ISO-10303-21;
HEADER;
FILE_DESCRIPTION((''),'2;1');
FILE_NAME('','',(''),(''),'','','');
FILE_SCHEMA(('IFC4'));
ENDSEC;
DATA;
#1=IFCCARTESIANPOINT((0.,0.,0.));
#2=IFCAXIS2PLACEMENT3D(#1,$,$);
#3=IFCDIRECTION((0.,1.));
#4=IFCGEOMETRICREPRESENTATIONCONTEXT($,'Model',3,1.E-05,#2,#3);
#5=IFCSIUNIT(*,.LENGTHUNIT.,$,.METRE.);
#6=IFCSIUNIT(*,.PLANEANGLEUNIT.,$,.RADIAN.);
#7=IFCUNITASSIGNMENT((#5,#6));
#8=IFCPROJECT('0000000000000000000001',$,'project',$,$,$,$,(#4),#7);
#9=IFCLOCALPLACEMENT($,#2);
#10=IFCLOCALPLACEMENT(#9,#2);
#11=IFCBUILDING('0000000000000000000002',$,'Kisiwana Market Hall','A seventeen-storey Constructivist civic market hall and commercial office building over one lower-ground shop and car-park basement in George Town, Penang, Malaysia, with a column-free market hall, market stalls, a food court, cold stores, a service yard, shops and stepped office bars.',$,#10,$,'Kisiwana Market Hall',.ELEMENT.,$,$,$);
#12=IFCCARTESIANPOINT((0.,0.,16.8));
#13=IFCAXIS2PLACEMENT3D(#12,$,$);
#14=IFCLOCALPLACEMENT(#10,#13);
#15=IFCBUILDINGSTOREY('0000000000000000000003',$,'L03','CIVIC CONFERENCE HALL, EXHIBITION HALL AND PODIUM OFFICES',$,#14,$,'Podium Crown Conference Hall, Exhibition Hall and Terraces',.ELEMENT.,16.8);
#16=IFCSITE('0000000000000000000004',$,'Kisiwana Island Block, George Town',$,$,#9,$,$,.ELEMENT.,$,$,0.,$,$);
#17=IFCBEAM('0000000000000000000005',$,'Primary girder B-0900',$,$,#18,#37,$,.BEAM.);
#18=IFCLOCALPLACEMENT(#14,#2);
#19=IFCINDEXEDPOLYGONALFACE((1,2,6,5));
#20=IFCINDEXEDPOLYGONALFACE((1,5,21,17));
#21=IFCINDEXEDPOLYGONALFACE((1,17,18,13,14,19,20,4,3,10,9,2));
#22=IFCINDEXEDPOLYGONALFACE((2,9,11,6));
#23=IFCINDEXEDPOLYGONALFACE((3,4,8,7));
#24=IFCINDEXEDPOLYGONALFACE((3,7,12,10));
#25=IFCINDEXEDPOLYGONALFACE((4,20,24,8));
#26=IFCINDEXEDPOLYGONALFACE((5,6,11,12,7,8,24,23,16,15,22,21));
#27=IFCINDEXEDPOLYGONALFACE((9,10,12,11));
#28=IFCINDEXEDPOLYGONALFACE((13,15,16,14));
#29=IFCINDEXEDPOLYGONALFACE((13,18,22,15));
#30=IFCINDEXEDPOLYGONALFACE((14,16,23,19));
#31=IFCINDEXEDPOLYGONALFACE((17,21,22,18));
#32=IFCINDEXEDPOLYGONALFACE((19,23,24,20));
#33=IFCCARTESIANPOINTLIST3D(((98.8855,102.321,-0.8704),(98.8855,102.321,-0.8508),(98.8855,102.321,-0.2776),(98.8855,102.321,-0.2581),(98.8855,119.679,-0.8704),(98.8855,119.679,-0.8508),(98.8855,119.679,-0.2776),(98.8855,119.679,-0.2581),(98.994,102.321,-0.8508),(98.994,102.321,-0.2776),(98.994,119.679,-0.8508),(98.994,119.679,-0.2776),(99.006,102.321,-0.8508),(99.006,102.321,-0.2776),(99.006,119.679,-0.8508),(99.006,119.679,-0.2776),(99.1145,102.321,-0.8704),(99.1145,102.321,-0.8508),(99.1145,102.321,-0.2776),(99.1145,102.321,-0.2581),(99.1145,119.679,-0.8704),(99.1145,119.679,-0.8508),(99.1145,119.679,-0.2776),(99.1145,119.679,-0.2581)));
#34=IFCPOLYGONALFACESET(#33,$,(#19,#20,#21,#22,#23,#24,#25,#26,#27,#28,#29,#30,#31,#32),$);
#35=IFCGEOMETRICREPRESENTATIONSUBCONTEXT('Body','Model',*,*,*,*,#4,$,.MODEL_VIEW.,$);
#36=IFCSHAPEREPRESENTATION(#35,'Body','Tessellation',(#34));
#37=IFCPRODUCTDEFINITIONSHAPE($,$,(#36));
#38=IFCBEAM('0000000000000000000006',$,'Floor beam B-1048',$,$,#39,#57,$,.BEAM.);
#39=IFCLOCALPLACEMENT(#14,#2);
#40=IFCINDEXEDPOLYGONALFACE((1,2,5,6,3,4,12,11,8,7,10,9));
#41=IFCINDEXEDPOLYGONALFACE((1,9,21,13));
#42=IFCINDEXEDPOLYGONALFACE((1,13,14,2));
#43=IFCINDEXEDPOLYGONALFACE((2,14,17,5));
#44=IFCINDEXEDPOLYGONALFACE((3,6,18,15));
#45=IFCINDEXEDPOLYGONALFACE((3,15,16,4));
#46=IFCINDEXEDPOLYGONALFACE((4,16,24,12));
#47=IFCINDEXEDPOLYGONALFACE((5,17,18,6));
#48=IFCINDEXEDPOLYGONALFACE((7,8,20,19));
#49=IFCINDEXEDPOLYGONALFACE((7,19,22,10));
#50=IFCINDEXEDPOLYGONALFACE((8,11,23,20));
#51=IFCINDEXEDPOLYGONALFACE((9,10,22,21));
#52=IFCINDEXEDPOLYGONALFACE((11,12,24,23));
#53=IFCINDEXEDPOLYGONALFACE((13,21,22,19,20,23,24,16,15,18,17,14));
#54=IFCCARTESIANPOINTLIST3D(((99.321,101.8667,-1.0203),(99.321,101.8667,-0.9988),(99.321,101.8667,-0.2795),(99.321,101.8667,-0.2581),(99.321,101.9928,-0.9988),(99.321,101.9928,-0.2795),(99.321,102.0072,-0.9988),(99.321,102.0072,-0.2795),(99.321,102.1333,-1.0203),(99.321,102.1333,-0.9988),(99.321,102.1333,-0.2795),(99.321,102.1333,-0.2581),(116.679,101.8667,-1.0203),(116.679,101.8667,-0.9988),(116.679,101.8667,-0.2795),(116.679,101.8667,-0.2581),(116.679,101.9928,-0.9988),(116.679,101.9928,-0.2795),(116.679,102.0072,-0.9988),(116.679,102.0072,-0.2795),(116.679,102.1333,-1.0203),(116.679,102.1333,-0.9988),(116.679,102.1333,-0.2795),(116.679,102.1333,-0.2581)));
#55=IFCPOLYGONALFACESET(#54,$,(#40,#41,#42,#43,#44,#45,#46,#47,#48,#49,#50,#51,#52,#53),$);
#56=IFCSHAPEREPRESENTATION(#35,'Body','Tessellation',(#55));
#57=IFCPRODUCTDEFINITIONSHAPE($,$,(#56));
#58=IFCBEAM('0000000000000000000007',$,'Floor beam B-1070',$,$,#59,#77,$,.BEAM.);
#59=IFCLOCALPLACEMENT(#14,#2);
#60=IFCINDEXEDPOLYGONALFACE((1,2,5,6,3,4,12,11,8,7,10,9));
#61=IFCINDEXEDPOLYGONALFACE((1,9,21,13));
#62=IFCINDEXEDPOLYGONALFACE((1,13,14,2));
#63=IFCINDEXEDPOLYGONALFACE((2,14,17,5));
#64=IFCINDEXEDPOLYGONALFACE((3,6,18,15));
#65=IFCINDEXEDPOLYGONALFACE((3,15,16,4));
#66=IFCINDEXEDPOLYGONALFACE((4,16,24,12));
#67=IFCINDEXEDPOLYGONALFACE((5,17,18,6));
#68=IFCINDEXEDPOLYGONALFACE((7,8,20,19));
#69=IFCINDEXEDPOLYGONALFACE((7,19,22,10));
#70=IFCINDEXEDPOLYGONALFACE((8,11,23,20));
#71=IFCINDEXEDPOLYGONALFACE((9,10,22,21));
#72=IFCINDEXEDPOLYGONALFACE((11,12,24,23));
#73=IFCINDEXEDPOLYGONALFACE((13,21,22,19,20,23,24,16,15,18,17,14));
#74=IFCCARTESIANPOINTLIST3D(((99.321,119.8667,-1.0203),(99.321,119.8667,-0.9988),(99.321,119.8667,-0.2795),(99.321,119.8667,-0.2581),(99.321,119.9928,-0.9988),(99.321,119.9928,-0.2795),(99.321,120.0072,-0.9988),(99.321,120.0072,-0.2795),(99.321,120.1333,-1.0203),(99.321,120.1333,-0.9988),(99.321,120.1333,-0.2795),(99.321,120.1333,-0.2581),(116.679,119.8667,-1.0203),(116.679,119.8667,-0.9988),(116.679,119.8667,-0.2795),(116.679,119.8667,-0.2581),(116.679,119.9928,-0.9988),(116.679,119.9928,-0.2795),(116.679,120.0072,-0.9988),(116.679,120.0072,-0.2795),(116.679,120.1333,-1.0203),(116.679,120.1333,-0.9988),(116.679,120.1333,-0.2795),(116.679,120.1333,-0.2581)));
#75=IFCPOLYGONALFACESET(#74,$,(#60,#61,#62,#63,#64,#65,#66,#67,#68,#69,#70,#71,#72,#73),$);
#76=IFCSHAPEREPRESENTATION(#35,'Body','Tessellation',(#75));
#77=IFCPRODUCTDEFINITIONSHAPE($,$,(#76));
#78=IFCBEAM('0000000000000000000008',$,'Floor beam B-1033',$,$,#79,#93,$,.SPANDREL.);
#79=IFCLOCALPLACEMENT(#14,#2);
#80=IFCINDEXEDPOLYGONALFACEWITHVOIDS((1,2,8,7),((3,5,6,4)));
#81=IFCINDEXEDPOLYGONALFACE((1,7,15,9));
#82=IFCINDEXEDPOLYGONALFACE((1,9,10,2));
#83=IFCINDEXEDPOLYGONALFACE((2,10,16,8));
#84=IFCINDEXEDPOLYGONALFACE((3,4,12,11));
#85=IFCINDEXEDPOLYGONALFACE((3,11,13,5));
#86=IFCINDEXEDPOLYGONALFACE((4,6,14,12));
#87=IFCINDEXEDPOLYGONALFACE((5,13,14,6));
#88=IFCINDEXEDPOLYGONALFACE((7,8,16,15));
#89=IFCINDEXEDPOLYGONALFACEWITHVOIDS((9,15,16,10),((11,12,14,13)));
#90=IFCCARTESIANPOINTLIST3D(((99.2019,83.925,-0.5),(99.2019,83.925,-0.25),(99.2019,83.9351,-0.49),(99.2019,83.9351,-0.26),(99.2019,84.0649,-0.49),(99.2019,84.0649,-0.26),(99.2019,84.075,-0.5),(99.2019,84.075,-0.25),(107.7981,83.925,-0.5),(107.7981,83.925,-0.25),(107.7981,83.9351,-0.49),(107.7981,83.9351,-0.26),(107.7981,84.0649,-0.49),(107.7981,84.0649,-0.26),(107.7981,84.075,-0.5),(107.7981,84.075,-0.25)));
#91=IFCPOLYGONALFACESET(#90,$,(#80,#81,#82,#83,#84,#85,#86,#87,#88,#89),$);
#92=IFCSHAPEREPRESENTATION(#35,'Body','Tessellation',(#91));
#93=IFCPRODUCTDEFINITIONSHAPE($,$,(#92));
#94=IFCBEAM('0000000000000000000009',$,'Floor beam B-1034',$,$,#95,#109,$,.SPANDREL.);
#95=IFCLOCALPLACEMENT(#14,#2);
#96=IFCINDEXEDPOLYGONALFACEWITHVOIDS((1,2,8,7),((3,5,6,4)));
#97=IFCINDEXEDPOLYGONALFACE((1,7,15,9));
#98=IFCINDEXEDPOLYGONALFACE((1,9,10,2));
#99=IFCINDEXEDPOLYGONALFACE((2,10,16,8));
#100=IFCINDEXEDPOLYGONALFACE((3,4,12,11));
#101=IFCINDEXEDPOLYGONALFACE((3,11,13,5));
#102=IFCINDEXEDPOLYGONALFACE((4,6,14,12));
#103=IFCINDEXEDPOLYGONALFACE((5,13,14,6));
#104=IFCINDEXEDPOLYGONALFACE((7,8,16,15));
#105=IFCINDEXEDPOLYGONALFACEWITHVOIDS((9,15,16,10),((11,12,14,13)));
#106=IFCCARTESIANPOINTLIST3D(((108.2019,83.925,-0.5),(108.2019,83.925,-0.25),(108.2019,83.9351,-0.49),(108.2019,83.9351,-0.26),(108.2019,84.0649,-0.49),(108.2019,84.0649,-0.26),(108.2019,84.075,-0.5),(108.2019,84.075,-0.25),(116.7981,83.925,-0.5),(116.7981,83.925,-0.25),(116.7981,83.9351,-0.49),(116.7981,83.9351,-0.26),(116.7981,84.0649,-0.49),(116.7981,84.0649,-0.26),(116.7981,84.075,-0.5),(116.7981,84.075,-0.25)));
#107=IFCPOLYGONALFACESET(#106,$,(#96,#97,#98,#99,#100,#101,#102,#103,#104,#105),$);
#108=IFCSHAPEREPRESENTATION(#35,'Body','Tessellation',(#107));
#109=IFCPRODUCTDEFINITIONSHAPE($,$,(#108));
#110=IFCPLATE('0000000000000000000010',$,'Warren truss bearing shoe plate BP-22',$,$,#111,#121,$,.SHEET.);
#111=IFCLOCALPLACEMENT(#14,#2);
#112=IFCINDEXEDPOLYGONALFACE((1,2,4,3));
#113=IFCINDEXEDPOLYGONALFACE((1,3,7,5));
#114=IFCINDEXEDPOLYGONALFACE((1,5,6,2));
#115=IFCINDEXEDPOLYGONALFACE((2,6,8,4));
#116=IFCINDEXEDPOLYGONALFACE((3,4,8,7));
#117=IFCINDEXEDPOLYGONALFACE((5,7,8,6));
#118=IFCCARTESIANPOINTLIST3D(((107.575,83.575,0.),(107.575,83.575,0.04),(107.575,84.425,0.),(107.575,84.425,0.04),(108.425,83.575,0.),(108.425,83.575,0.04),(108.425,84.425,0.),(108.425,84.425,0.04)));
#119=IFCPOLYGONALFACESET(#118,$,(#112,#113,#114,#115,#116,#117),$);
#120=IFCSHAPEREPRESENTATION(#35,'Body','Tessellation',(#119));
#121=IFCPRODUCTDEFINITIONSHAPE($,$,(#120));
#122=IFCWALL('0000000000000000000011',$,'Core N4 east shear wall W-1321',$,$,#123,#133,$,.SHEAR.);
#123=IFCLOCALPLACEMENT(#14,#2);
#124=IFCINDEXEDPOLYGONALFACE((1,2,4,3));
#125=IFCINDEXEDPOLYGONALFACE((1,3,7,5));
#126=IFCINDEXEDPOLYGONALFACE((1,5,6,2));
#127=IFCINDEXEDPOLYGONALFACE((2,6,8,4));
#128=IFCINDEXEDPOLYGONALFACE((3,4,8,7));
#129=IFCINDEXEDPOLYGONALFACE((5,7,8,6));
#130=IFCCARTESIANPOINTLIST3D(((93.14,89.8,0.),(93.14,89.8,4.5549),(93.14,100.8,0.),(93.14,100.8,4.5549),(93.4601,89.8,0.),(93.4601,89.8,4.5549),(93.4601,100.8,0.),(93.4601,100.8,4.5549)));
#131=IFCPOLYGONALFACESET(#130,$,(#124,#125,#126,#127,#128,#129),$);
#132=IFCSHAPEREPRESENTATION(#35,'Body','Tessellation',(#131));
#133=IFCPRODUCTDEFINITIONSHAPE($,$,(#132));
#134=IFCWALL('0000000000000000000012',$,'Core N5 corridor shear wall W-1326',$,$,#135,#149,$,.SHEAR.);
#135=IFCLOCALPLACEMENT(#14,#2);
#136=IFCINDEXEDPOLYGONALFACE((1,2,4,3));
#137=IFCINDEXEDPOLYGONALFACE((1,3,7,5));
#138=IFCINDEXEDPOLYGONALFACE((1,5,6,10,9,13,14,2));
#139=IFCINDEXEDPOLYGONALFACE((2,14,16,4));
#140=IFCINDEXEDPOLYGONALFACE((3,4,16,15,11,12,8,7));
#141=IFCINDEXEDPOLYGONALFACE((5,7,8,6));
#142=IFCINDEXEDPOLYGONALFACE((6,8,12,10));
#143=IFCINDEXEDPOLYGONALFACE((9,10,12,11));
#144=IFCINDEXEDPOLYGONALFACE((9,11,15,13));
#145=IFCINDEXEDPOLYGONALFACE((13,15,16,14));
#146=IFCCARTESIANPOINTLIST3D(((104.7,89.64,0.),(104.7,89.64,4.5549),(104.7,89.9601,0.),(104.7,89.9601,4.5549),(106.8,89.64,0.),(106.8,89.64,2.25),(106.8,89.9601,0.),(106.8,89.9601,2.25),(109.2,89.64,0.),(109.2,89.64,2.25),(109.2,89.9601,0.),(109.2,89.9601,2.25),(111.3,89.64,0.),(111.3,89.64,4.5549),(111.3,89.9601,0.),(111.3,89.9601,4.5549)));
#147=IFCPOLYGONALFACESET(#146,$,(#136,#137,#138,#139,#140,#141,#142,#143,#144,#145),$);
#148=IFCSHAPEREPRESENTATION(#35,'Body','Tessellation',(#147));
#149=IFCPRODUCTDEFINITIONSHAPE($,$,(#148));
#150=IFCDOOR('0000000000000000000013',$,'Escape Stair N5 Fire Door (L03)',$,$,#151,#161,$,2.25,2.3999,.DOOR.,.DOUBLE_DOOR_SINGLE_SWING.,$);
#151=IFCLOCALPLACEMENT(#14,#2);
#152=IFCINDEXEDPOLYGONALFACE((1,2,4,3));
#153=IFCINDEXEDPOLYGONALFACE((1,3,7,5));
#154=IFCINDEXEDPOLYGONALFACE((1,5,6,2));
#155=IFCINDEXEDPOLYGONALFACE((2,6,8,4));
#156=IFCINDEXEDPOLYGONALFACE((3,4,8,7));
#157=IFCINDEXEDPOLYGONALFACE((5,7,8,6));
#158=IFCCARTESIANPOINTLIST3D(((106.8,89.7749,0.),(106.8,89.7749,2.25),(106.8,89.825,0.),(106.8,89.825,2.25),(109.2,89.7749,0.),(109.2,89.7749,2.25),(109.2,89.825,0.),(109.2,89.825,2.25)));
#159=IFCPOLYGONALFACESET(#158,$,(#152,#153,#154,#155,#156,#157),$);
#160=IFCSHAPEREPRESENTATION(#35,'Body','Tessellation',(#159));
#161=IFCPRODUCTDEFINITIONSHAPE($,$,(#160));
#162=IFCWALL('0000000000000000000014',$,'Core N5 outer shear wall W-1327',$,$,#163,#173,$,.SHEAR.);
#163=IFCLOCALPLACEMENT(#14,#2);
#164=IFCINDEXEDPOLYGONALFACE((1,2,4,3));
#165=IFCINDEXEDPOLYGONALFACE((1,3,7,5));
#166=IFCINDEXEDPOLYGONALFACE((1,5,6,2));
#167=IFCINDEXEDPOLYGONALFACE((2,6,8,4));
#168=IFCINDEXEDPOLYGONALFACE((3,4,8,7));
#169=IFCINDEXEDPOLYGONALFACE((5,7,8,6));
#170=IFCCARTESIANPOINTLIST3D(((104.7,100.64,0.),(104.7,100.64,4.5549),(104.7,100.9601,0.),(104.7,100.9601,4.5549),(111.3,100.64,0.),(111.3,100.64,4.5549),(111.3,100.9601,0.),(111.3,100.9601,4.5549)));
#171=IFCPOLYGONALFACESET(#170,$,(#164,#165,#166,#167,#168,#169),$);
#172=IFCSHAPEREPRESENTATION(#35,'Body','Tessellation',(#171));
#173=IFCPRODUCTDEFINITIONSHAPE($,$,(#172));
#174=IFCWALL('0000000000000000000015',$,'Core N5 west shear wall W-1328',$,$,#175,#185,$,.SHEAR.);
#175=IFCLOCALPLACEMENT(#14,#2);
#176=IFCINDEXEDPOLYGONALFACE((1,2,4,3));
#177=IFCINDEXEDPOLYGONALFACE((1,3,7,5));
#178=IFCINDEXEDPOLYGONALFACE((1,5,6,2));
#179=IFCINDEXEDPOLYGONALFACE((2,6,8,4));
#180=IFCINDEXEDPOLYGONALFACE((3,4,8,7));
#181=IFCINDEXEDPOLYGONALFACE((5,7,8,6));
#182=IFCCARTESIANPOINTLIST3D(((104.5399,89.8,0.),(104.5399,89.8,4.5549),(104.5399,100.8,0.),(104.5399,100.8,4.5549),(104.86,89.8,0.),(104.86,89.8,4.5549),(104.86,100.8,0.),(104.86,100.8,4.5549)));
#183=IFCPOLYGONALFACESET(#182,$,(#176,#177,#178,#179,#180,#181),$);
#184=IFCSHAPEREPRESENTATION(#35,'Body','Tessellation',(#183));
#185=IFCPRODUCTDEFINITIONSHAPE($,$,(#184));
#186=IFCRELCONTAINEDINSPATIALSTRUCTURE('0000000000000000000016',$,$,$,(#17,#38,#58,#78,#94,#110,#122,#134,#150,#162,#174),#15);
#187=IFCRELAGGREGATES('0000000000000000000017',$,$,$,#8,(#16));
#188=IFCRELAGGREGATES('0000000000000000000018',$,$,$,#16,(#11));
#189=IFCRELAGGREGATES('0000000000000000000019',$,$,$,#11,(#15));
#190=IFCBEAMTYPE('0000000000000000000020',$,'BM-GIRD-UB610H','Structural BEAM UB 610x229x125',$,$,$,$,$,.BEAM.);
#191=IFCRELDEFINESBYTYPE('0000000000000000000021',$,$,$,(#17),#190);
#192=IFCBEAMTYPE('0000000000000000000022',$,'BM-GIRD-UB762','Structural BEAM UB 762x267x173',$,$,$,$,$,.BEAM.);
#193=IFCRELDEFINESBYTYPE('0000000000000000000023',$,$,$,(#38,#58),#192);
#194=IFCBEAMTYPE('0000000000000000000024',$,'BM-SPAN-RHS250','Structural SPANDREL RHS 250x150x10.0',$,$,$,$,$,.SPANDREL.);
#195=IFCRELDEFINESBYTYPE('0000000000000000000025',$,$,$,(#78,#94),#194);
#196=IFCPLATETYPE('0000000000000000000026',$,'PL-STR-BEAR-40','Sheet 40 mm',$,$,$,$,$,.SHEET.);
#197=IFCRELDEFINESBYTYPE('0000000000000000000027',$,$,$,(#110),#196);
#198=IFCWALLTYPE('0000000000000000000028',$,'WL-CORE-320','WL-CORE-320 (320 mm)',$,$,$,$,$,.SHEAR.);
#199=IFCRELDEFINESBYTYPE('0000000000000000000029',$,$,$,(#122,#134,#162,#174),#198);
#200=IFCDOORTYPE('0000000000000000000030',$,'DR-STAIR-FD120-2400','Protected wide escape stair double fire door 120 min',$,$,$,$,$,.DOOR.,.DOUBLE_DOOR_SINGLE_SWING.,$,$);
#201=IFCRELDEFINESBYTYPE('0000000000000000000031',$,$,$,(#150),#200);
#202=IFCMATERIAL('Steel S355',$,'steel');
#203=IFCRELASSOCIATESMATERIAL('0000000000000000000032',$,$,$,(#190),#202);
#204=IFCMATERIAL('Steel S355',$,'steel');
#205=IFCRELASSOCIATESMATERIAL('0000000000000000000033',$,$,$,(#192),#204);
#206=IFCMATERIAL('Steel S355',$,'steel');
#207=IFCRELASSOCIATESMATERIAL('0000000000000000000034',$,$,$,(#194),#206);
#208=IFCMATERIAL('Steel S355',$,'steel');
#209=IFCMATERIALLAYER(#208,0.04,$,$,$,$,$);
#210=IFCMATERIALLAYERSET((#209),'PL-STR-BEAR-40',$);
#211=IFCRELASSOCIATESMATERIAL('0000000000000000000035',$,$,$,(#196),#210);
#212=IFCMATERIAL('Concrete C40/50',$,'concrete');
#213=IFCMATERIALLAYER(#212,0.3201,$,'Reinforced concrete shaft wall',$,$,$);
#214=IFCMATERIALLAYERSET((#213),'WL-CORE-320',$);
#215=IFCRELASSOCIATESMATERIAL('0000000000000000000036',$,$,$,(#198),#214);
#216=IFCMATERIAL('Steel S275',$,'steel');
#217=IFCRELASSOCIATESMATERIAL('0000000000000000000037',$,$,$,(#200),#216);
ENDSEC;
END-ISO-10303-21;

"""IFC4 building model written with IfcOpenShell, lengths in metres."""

from ifc_helpers import new_model, si_unit, direction, frame, frame_2d, origin, origin_2d, place, context, subcontext, project, spatial, rectangle, hollow_rectangle, i_section, extrude, material, layer, layer_set, material_profile, profile_set, type_object, element, fill, save


model = new_model("IFC4")

# Units and contexts
model_context = context("Model", 3, precision=1e-05, world=origin(), true_north=direction((0.0, 1.0)))
body_context = subcontext(model_context, "Body", "Model", "MODEL_VIEW")
ifc_project = project(units=[si_unit("LENGTHUNIT", "METRE"), si_unit("PLANEANGLEUNIT", "RADIAN")], contexts=[model_context])

# Site, building, storey
site_placement = place(None, origin())
site = spatial("IfcSite", under=ifc_project, at=site_placement, Name="Kisiwana Island Block, George Town", CompositionType="ELEMENT", RefElevation=0.0)
building_placement = place(site_placement, origin())
building = spatial("IfcBuilding", under=site, at=building_placement, Name="Kisiwana Market Hall", Description="A seventeen-storey Constructivist civic market hall and commercial office building over one lower-ground shop and car-park basement in George Town, Penang, Malaysia, with a column-free market hall, market stalls, a food court, cold stores, a service yard, shops and stepped office bars.", LongName="Kisiwana Market Hall", CompositionType="ELEMENT")
storey_placement = place(building_placement, frame((0.0, 0.0, 16.8)))
storey = spatial("IfcBuildingStorey", under=building, at=storey_placement, Name="L03", Description="CIVIC CONFERENCE HALL, EXHIBITION HALL AND PODIUM OFFICES", LongName="Podium Crown Conference Hall, Exhibition Hall and Terraces", CompositionType="ELEMENT", Elevation=16.8)

# Beams
ifc_material_1 = material(Name="Steel S355", Category="steel")
ifc_material_profile_1 = material_profile(ifc_material_1, i_section(OverallWidth=0.229, OverallDepth=0.6123, WebThickness=0.012, FlangeThickness=0.0195, at=origin_2d()), Name="UB 610x229x125")
ifc_profile_set_1 = profile_set([ifc_material_profile_1], Name="Steel S355")
beam_type_1 = type_object("IfcBeamType", Name="BM-GIRD-UB610H", Description="Structural BEAM UB 610x229x125", PredefinedType="BEAM", material=ifc_profile_set_1)
beam_1_placement = place(storey_placement, frame((99.0, 102.321, -0.5642), z_axis=(0.0, 1.0, 0.0), x_axis=(-1.0, 0.0, 0.0)))
element("IfcBeam", 1, at=beam_1_placement, inside=storey, type_object=beam_type_1, Name="Primary girder B-0900", PredefinedType="BEAM", context=body_context, shape_type="SweptSolid", body=[
    extrude(i_section(OverallWidth=0.229, OverallDepth=0.6123, WebThickness=0.012, FlangeThickness=0.0195, at=origin_2d()), origin(), (0.0, 0.0, 1.0), 17.3579),
])
ifc_material_2 = material(Name="Steel S355", Category="steel")
ifc_material_profile_2 = material_profile(ifc_material_2, i_section(OverallWidth=0.2666, OverallDepth=0.7622, WebThickness=0.0144, FlangeThickness=0.0215, at=origin_2d()), Name="UB 762x267x173")
ifc_profile_set_2 = profile_set([ifc_material_profile_2], Name="Steel S355")
beam_type_2 = type_object("IfcBeamType", Name="BM-GIRD-UB762", Description="Structural BEAM UB 762x267x173", PredefinedType="BEAM", material=ifc_profile_set_2)
for number, where, z_axis, x_axis, name in (
    (2, (99.321, 102.0, -0.6392), (1.0, 0.0, 0.0), (0.0, 1.0, 0.0), "Floor beam B-1048"),
    (3, (99.321, 120.0, -0.6392), (1.0, 0.0, 0.0), (0.0, 1.0, 0.0), "Floor beam B-1070"),
):
    element("IfcBeam", number, at=place(storey_placement, frame(where, z_axis=z_axis, x_axis=x_axis)), inside=storey, type_object=beam_type_2, Name=name, PredefinedType="BEAM", context=body_context, shape_type="SweptSolid", body=[
        extrude(i_section(OverallWidth=0.2666, OverallDepth=0.7622, WebThickness=0.0144, FlangeThickness=0.0215, at=origin_2d()), origin(), (0.0, 0.0, 1.0), 17.3579),
    ])
ifc_material_3 = material(Name="Steel S355", Category="steel")
ifc_material_profile_3 = material_profile(ifc_material_3, hollow_rectangle(XDim=0.1499, YDim=0.25, WallThickness=0.01, at=origin_2d()), Name="RHS 250x150x10.0")
ifc_profile_set_3 = profile_set([ifc_material_profile_3], Name="Steel S355")
beam_type_3 = type_object("IfcBeamType", Name="BM-SPAN-RHS250", Description="Structural SPANDREL RHS 250x150x10.0", PredefinedType="SPANDREL", material=ifc_profile_set_3)
for number, where, z_axis, x_axis, name in (
    (4, (99.2019, 84.0, -0.375), (1.0, 0.0, 0.0), (0.0, 1.0, 0.0), "Floor beam B-1033"),
    (5, (108.2019, 84.0, -0.375), (1.0, 0.0, 0.0), (0.0, 1.0, 0.0), "Floor beam B-1034"),
):
    element("IfcBeam", number, at=place(storey_placement, frame(where, z_axis=z_axis, x_axis=x_axis)), inside=storey, type_object=beam_type_3, Name=name, PredefinedType="SPANDREL", context=body_context, shape_type="SweptSolid", body=[
        extrude(hollow_rectangle(XDim=0.1499, YDim=0.25, WallThickness=0.01, at=origin_2d()), origin(), (0.0, 0.0, 1.0), 8.5962),
    ])

# Plate
ifc_material_4 = material(Name="Steel S355", Category="steel")
ifc_layer_1 = layer(ifc_material_4, 0.04)
ifc_layer_set_1 = layer_set([ifc_layer_1], Name="PL-STR-BEAR-40")
plate_type = type_object("IfcPlateType", Name="PL-STR-BEAR-40", Description="Sheet 40 mm", PredefinedType="SHEET", material=ifc_layer_set_1)
plate_placement = place(storey_placement, frame((108.0, 84.0, 0.0), z_axis=(0.0, 0.0, 1.0), x_axis=(1.0, 0.0, 0.0)))
element("IfcPlate", 6, at=plate_placement, inside=storey, type_object=plate_type, Name="Warren truss bearing shoe plate BP-22", PredefinedType="SHEET", context=body_context, shape_type="SweptSolid", body=[
    extrude(rectangle(XDim=0.8501, YDim=0.8501, at=origin_2d()), origin(), (0.0, 0.0, 1.0), 0.04),
])

# Wall
ifc_material_5 = material(Name="Concrete C40/50", Category="concrete")
ifc_layer_2 = layer(ifc_material_5, 0.3201, Name="Reinforced concrete shaft wall")
ifc_layer_set_2 = layer_set([ifc_layer_2], Name="WL-CORE-320")
wall_type_1 = type_object("IfcWallType", Name="WL-CORE-320", Description="WL-CORE-320 (320 mm)", PredefinedType="SHEAR", material=ifc_layer_set_2)
wall_1_placement = place(storey_placement, frame((93.3, 89.8, 0.0), z_axis=(0.0, 0.0, 1.0), x_axis=(0.0, 1.0, 0.0)))
element("IfcWall", 7, at=wall_1_placement, inside=storey, type_object=wall_type_1, Name="Core N4 east shear wall W-1321", PredefinedType="SHEAR", context=body_context, shape_type="SweptSolid", body=[
    extrude(rectangle(XDim=11.0, YDim=0.3201, at=frame_2d((5.5, 0.0))), origin(), (0.0, 0.0, 1.0), 4.5549),
])

# Wall, opening, door
wall_2_placement = place(storey_placement, frame((104.7, 89.8, 0.0), z_axis=(0.0, 0.0, 1.0), x_axis=(1.0, 0.0, 0.0)))
wall_2 = element("IfcWall", 8, at=wall_2_placement, inside=storey, type_object=wall_type_1, Name="Core N5 corridor shear wall W-1326", PredefinedType="SHEAR", context=body_context, shape_type="SweptSolid", body=[
    extrude(rectangle(XDim=6.6001, YDim=0.3201, at=frame_2d((3.3, 0.0))), origin(), (0.0, 0.0, 1.0), 4.5549),
])
opening_1_placement = place(wall_2_placement, frame((2.1001, 0.0, 0.0)))
opening_1 = element("IfcOpeningElement", 9, at=opening_1_placement, cuts=wall_2, PredefinedType="OPENING", context=body_context, shape_type="SweptSolid", body=[
    extrude(rectangle(XDim=2.3999, YDim=2.25, at=frame_2d((1.2, 1.125))), frame((0.0, 0.1719, 0.0), z_axis=(0.0, -1.0, 0.0), x_axis=(1.0, 0.0, 0.0)), (0.0, 0.0, 1.0), 0.344),
])
ifc_material_6 = material(Name="Steel S275", Category="steel")
door_type_1 = type_object("IfcDoorType", Name="DR-STAIR-FD120-2400", Description="Protected wide escape stair double fire door 120 min", OperationType="DOUBLE_DOOR_SINGLE_SWING", PredefinedType="DOOR", material=ifc_material_6)
door_1_placement = place(opening_1_placement, origin())
door_1 = element("IfcDoor", 10, at=door_1_placement, inside=storey, type_object=door_type_1, Name="Escape Stair N5 Fire Door (L03)", OperationType="DOUBLE_DOOR_SINGLE_SWING", OverallHeight=2.25, OverallWidth=2.3999, PredefinedType="DOOR", context=body_context, shape_type="SweptSolid", body=[
    extrude(rectangle(XDim=2.3999, YDim=2.25, at=frame_2d((1.2, 1.125))), frame((0.0, 0.0249, 0.0), z_axis=(0.0, -1.0, 0.0), x_axis=(1.0, 0.0, 0.0)), (0.0, 0.0, 1.0), 0.05),
])
fill(opening_1, door_1)

# Walls
wall_3_placement = place(storey_placement, frame((104.7, 100.8, 0.0), z_axis=(0.0, 0.0, 1.0), x_axis=(1.0, 0.0, 0.0)))
element("IfcWall", 11, at=wall_3_placement, inside=storey, type_object=wall_type_1, Name="Core N5 outer shear wall W-1327", PredefinedType="SHEAR", context=body_context, shape_type="SweptSolid", body=[
    extrude(rectangle(XDim=6.6001, YDim=0.3201, at=frame_2d((3.3, 0.0))), origin(), (0.0, 0.0, 1.0), 4.5549),
])
for number, where, z_axis, x_axis, name in (
    (12, (104.7, 89.8, 0.0), (0.0, 0.0, 1.0), (0.0, 1.0, 0.0), "Core N5 west shear wall W-1328"),
):
    element("IfcWall", number, at=place(storey_placement, frame(where, z_axis=z_axis, x_axis=x_axis)), inside=storey, type_object=wall_type_1, Name=name, PredefinedType="SHEAR", context=body_context, shape_type="SweptSolid", body=[
        extrude(rectangle(XDim=11.0, YDim=0.3201, at=frame_2d((5.5, 0.0))), origin(), (0.0, 0.0, 1.0), 4.5549),
    ])

save(model, "model.ifc")
